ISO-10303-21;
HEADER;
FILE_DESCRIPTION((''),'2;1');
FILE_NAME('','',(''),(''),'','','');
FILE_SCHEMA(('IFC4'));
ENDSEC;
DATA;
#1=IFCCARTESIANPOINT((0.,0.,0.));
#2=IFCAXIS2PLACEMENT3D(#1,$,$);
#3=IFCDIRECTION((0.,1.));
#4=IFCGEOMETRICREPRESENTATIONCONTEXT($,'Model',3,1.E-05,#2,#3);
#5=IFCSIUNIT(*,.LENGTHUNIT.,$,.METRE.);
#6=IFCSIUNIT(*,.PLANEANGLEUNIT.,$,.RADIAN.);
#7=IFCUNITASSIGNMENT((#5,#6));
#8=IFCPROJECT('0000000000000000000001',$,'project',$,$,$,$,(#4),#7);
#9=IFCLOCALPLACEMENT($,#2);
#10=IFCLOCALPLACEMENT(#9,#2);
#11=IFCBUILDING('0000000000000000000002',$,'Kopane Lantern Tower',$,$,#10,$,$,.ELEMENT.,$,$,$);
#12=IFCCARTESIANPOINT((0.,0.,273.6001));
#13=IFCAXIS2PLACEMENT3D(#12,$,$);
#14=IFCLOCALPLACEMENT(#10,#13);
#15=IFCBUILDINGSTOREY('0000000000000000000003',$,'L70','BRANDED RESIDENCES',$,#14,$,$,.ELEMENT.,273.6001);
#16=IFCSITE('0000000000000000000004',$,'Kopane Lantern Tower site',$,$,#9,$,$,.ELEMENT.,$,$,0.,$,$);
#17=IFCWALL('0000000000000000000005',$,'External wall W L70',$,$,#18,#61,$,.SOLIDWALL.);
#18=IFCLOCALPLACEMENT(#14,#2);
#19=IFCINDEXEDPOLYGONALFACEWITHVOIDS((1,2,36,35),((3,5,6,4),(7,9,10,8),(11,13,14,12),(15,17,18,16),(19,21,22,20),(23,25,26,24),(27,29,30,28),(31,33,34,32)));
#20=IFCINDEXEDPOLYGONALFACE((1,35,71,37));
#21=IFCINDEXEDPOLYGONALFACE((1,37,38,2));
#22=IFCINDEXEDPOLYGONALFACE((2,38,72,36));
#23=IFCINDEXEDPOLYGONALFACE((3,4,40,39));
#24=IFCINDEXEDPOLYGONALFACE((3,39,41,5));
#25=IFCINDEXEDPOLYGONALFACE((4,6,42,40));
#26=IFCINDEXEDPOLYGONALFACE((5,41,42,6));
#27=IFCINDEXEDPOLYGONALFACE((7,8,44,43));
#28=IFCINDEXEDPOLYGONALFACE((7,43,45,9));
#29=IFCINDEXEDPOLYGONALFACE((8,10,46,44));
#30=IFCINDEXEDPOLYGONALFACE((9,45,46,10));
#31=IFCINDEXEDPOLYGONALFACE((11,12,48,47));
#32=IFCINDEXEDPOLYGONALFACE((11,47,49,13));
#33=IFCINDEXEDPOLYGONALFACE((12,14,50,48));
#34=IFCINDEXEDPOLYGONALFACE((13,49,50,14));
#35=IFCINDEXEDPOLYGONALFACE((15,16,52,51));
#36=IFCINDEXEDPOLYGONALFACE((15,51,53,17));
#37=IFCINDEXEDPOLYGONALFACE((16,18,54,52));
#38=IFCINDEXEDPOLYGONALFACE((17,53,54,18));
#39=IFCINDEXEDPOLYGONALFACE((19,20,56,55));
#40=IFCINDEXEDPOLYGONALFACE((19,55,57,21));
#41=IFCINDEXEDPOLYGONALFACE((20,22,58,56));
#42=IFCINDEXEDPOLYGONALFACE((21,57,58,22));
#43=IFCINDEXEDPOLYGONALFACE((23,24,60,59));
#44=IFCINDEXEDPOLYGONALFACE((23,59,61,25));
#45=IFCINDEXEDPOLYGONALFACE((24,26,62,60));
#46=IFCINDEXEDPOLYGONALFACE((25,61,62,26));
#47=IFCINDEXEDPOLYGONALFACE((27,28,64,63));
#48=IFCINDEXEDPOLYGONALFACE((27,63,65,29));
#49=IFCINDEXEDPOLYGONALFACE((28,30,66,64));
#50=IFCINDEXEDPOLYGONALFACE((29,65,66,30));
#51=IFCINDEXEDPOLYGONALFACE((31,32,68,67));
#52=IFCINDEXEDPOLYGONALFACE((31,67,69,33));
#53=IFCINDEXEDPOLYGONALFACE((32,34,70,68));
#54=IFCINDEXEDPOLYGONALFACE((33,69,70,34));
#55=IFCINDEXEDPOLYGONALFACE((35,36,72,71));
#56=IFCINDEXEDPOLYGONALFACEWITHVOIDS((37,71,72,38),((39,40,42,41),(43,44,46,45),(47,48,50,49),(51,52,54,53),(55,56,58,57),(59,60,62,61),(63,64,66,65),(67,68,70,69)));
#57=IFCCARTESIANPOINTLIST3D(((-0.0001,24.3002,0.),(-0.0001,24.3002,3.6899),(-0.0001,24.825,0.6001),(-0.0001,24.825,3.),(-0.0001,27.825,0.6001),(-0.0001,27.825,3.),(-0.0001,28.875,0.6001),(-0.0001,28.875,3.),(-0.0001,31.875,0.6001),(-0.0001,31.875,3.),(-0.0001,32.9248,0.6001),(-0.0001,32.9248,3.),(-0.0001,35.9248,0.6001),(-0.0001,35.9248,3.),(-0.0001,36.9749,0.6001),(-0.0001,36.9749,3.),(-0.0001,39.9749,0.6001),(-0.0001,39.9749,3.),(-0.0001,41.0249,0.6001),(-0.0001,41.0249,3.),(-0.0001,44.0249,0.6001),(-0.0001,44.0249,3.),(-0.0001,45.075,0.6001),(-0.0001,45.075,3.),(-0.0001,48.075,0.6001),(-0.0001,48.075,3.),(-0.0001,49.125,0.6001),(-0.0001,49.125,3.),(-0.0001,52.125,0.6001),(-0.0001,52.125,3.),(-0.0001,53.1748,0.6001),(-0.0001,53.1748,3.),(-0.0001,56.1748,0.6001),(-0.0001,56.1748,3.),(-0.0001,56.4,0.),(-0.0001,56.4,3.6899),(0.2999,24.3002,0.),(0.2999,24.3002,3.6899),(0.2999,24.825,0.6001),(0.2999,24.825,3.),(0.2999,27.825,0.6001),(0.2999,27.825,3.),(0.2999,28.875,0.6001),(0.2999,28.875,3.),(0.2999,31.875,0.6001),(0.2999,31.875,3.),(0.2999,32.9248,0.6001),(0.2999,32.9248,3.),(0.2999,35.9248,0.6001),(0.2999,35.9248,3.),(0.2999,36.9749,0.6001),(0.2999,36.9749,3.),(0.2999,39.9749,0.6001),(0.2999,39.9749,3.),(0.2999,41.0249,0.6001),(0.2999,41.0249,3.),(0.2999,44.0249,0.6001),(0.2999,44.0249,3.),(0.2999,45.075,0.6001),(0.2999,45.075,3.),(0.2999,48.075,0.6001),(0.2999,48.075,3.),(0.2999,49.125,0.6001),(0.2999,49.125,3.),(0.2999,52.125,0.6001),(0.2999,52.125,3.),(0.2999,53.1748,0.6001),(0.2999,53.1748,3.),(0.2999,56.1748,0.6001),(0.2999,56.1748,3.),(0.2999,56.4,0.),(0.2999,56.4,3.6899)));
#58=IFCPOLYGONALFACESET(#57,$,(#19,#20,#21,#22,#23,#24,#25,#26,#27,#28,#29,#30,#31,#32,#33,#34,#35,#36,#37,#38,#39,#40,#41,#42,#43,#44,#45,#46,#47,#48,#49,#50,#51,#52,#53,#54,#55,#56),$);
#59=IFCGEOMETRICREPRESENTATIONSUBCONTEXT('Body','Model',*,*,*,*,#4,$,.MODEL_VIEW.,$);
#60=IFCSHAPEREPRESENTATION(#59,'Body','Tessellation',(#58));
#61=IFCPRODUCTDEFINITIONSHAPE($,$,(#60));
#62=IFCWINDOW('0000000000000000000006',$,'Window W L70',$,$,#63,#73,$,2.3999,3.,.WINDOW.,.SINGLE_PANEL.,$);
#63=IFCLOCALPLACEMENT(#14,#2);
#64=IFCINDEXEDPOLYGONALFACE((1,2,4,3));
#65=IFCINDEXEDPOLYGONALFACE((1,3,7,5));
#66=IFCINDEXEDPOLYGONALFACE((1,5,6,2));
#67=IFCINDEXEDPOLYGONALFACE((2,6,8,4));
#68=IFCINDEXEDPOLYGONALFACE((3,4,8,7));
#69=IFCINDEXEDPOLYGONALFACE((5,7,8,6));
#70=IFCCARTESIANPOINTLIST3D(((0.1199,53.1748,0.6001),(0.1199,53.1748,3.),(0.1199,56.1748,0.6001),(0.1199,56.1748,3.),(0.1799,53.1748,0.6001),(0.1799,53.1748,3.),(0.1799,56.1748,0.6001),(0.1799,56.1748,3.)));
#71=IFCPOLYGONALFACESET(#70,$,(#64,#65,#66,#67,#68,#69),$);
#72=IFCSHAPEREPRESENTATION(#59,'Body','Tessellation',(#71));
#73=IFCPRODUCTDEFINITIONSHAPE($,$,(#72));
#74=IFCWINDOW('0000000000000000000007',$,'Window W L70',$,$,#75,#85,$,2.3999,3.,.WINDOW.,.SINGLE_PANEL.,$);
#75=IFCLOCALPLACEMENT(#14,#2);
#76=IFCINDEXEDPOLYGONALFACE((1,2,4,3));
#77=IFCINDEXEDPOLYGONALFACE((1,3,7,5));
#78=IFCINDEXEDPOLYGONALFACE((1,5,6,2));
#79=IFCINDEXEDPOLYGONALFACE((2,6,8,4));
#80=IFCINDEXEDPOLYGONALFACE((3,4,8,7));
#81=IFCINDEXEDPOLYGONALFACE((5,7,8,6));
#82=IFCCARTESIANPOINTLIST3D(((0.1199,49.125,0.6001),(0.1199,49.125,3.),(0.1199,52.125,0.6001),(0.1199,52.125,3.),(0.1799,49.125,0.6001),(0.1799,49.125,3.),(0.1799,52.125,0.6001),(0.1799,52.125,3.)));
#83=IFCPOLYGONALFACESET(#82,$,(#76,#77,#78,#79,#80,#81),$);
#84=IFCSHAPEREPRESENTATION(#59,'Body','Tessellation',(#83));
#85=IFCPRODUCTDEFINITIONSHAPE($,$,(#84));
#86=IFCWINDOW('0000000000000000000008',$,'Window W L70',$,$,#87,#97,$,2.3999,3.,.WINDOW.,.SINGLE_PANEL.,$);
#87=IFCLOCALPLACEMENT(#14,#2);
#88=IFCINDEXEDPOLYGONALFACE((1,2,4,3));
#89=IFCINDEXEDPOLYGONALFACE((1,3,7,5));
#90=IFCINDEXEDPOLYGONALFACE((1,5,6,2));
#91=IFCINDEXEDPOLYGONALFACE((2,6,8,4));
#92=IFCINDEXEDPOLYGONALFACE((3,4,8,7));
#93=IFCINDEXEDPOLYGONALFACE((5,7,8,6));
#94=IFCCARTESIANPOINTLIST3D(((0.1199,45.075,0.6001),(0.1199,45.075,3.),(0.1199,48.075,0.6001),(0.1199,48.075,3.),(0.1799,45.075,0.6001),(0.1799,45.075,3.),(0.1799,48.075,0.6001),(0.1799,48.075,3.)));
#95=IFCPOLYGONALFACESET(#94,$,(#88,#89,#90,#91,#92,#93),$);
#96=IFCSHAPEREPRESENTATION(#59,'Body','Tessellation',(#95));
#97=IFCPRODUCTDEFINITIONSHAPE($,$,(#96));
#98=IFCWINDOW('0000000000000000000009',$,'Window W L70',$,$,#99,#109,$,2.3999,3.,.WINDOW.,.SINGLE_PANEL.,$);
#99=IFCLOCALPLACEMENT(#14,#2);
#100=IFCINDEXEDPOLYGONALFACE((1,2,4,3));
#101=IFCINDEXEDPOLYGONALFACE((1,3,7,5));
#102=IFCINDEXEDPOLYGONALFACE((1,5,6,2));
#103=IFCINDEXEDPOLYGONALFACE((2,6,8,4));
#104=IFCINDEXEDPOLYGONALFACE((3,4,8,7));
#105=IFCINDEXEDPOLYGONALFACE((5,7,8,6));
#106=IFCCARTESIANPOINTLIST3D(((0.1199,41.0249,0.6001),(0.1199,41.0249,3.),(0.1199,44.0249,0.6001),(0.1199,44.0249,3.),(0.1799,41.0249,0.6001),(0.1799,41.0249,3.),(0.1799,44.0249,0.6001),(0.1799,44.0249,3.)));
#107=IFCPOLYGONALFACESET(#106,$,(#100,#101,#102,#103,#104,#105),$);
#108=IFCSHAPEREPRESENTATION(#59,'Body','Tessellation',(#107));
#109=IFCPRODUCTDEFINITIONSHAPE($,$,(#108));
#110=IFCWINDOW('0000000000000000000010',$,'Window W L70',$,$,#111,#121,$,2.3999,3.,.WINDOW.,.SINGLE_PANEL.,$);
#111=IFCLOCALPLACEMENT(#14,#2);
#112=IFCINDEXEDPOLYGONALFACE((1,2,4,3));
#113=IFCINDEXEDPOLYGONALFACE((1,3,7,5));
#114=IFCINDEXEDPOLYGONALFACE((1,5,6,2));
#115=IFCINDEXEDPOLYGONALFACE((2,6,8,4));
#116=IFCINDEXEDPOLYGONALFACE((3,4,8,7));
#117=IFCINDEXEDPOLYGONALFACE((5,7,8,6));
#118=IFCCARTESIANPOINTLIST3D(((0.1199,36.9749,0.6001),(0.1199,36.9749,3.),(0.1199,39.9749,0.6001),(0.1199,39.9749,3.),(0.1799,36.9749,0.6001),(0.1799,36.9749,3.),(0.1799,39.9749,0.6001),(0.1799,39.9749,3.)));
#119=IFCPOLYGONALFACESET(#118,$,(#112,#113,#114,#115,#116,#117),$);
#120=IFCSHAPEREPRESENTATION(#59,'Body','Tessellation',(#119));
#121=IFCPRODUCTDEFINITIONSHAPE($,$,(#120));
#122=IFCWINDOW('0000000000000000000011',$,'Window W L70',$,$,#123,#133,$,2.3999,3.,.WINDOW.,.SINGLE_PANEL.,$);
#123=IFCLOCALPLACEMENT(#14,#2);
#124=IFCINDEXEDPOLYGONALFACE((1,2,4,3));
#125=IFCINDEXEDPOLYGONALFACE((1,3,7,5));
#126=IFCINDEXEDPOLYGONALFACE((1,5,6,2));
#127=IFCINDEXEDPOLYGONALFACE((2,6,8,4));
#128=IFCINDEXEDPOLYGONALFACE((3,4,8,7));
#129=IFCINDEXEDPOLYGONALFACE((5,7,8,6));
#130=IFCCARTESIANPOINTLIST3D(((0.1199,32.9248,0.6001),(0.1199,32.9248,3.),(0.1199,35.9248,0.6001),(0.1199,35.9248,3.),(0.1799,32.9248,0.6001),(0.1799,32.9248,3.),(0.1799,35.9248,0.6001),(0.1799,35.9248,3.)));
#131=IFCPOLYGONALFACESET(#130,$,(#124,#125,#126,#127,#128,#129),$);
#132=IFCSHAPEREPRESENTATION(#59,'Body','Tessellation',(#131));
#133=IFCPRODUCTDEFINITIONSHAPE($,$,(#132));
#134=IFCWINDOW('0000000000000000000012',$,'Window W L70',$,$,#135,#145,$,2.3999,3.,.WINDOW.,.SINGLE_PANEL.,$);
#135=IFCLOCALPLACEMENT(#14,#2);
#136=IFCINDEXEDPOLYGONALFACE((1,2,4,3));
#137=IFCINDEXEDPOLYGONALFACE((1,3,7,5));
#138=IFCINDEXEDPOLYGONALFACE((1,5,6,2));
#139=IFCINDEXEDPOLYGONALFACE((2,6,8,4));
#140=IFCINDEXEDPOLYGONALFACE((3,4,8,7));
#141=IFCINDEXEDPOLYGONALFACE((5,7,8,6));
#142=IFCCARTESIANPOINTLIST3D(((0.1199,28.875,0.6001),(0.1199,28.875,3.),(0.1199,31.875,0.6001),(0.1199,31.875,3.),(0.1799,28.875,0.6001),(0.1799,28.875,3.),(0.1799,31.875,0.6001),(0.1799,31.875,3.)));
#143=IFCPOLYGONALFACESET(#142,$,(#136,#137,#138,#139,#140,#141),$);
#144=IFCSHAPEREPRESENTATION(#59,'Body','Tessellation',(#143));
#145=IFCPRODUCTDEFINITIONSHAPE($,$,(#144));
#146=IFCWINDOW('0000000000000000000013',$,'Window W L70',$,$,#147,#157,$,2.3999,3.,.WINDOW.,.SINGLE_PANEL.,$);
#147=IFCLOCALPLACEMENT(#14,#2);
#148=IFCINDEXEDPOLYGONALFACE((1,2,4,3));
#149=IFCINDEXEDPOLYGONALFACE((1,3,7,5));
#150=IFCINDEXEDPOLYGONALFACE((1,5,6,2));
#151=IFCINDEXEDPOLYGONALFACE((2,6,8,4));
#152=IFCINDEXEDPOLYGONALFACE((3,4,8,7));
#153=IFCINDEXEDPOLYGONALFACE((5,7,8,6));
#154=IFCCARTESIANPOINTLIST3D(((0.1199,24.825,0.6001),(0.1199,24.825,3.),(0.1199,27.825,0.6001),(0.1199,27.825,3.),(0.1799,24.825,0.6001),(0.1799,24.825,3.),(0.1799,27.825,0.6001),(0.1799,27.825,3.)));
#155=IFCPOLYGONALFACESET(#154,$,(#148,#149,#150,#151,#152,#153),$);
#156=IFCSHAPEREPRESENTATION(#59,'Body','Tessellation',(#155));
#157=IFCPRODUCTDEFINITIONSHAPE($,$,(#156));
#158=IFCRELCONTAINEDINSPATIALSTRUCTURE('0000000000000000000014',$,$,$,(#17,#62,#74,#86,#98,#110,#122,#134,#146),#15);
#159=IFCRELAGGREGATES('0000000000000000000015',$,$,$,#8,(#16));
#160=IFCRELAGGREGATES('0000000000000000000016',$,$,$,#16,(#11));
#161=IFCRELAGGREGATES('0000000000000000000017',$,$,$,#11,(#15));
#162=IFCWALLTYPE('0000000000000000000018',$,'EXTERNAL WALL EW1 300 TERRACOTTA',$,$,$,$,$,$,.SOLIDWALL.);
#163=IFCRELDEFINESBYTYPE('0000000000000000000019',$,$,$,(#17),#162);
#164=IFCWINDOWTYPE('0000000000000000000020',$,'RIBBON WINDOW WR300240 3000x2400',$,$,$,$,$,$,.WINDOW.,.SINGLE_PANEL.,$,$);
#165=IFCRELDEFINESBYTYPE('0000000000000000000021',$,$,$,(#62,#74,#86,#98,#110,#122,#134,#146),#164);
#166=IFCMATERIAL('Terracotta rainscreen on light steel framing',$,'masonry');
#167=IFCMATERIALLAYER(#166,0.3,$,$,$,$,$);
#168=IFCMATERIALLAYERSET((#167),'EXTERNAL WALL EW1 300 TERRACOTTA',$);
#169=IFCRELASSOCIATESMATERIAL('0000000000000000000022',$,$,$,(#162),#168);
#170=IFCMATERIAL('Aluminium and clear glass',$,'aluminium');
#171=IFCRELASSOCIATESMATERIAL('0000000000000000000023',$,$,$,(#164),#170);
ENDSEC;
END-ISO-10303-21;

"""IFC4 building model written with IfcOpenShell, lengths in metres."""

from ifc_helpers import new_model, si_unit, direction, frame, frame_2d, origin, place, context, subcontext, project, spatial, rectangle, extrude, material, layer, layer_set, type_object, element, fill, save


model = new_model("IFC4")

# Units and contexts
model_context = context("Model", 3, precision=1e-05, world=origin(), true_north=direction((0.0, 1.0)))
body_context = subcontext(model_context, "Body", "Model", "MODEL_VIEW")
ifc_project = project(units=[si_unit("LENGTHUNIT", "METRE"), si_unit("PLANEANGLEUNIT", "RADIAN")], contexts=[model_context])

# Site, building, storey
site_placement = place(None, origin())
site = spatial("IfcSite", under=ifc_project, at=site_placement, Name="Kopane Lantern Tower site", CompositionType="ELEMENT", RefElevation=0.0)
building_placement = place(site_placement, origin())
building = spatial("IfcBuilding", under=site, at=building_placement, Name="Kopane Lantern Tower", CompositionType="ELEMENT")
storey_placement = place(building_placement, frame((0.0, 0.0, 273.6001)))
storey = spatial("IfcBuildingStorey", under=building, at=storey_placement, Name="L70", Description="BRANDED RESIDENCES", CompositionType="ELEMENT", Elevation=273.6001)

# Shared definitions
ifc_material_1 = material(Name="Terracotta rainscreen on light steel framing", Category="masonry")
ifc_layer = layer(ifc_material_1, 0.3)
ifc_layer_set = layer_set([ifc_layer], Name="EXTERNAL WALL EW1 300 TERRACOTTA")
wall_type = type_object("IfcWallType", Name="EXTERNAL WALL EW1 300 TERRACOTTA", PredefinedType="SOLIDWALL", material=ifc_layer_set)

# Wall, openings, windows
wall_1_placement = place(storey_placement, frame((0.1499, 56.3999, 0.0), z_axis=(0.0, 0.0, 1.0), x_axis=(0.0, -1.0, 0.0)))
wall_1 = element("IfcWall", 1, at=wall_1_placement, inside=storey, type_object=wall_type, Name="External wall W L70", PredefinedType="SOLIDWALL", context=body_context, shape_type="SweptSolid", body=[
    extrude(rectangle(XDim=32.0999, YDim=0.3, at=frame_2d((16.0498, 0.0))), origin(), (0.0, 0.0, 1.0), 3.6899),
])
opening_1_placement = place(wall_1_placement, frame((0.2251, 0.0, 0.6001)))
opening_1 = element("IfcOpeningElement", 2, at=opening_1_placement, cuts=wall_1, PredefinedType="OPENING", context=body_context, shape_type="SweptSolid", body=[
    extrude(rectangle(XDim=3.0, YDim=2.3999, at=frame_2d((1.5, 1.2))), frame((0.0, 0.1599, 0.0), z_axis=(0.0, -1.0, 0.0), x_axis=(1.0, 0.0, 0.0)), (0.0, 0.0, 1.0), 0.3201),
])
opening_2_placement = place(wall_1_placement, frame((4.2749, 0.0, 0.6001)))
opening_2 = element("IfcOpeningElement", 3, at=opening_2_placement, cuts=wall_1, PredefinedType="OPENING", context=body_context, shape_type="SweptSolid", body=[
    extrude(rectangle(XDim=3.0, YDim=2.3999, at=frame_2d((1.5, 1.2))), frame((0.0, 0.1599, 0.0), z_axis=(0.0, -1.0, 0.0), x_axis=(1.0, 0.0, 0.0)), (0.0, 0.0, 1.0), 0.3201),
])
opening_3_placement = place(wall_1_placement, frame((8.325, 0.0, 0.6001)))
opening_3 = element("IfcOpeningElement", 4, at=opening_3_placement, cuts=wall_1, PredefinedType="OPENING", context=body_context, shape_type="SweptSolid", body=[
    extrude(rectangle(XDim=3.0, YDim=2.3999, at=frame_2d((1.5, 1.2))), frame((0.0, 0.1599, 0.0), z_axis=(0.0, -1.0, 0.0), x_axis=(1.0, 0.0, 0.0)), (0.0, 0.0, 1.0), 0.3201),
])
opening_4_placement = place(wall_1_placement, frame((12.375, 0.0, 0.6001)))
opening_4 = element("IfcOpeningElement", 5, at=opening_4_placement, cuts=wall_1, PredefinedType="OPENING", context=body_context, shape_type="SweptSolid", body=[
    extrude(rectangle(XDim=3.0, YDim=2.3999, at=frame_2d((1.5, 1.2))), frame((0.0, 0.1599, 0.0), z_axis=(0.0, -1.0, 0.0), x_axis=(1.0, 0.0, 0.0)), (0.0, 0.0, 1.0), 0.3201),
])
opening_5_placement = place(wall_1_placement, frame((16.425, 0.0, 0.6001)))
opening_5 = element("IfcOpeningElement", 6, at=opening_5_placement, cuts=wall_1, PredefinedType="OPENING", context=body_context, shape_type="SweptSolid", body=[
    extrude(rectangle(XDim=3.0, YDim=2.3999, at=frame_2d((1.5, 1.2))), frame((0.0, 0.1599, 0.0), z_axis=(0.0, -1.0, 0.0), x_axis=(1.0, 0.0, 0.0)), (0.0, 0.0, 1.0), 0.3201),
])
opening_6_placement = place(wall_1_placement, frame((20.4751, 0.0, 0.6001)))
opening_6 = element("IfcOpeningElement", 7, at=opening_6_placement, cuts=wall_1, PredefinedType="OPENING", context=body_context, shape_type="SweptSolid", body=[
    extrude(rectangle(XDim=3.0, YDim=2.3999, at=frame_2d((1.5, 1.2))), frame((0.0, 0.1599, 0.0), z_axis=(0.0, -1.0, 0.0), x_axis=(1.0, 0.0, 0.0)), (0.0, 0.0, 1.0), 0.3201),
])
opening_7_placement = place(wall_1_placement, frame((24.5249, 0.0, 0.6001)))
opening_7 = element("IfcOpeningElement", 8, at=opening_7_placement, cuts=wall_1, PredefinedType="OPENING", context=body_context, shape_type="SweptSolid", body=[
    extrude(rectangle(XDim=3.0, YDim=2.3999, at=frame_2d((1.5, 1.2))), frame((0.0, 0.1599, 0.0), z_axis=(0.0, -1.0, 0.0), x_axis=(1.0, 0.0, 0.0)), (0.0, 0.0, 1.0), 0.3201),
])
opening_8_placement = place(wall_1_placement, frame((28.575, 0.0, 0.6001)))
opening_8 = element("IfcOpeningElement", 9, at=opening_8_placement, cuts=wall_1, PredefinedType="OPENING", context=body_context, shape_type="SweptSolid", body=[
    extrude(rectangle(XDim=3.0, YDim=2.3999, at=frame_2d((1.5, 1.2))), frame((0.0, 0.1599, 0.0), z_axis=(0.0, -1.0, 0.0), x_axis=(1.0, 0.0, 0.0)), (0.0, 0.0, 1.0), 0.3201),
])
ifc_material_2 = material(Name="Aluminium and clear glass", Category="aluminium")
window_type_1 = type_object("IfcWindowType", Name="RIBBON WINDOW WR300240 3000x2400", PartitioningType="SINGLE_PANEL", PredefinedType="WINDOW", material=ifc_material_2)
window_1_placement = place(opening_1_placement, origin())
window_1 = element("IfcWindow", 10, at=window_1_placement, inside=storey, type_object=window_type_1, Name="Window W L70", OverallHeight=2.3999, OverallWidth=3.0, PartitioningType="SINGLE_PANEL", PredefinedType="WINDOW", context=body_context, shape_type="SweptSolid", body=[
    extrude(rectangle(XDim=3.0, YDim=2.3999, at=frame_2d((1.5, 1.2))), frame((0.0, 0.03, 0.0), z_axis=(0.0, -1.0, 0.0), x_axis=(1.0, 0.0, 0.0)), (0.0, 0.0, 1.0), 0.0601),
])
fill(opening_1, window_1)
window_2_placement = place(opening_2_placement, origin())
window_2 = element("IfcWindow", 11, at=window_2_placement, inside=storey, type_object=window_type_1, Name="Window W L70", OverallHeight=2.3999, OverallWidth=3.0, PartitioningType="SINGLE_PANEL", PredefinedType="WINDOW", context=body_context, shape_type="SweptSolid", body=[
    extrude(rectangle(XDim=3.0, YDim=2.3999, at=frame_2d((1.5, 1.2))), frame((0.0, 0.03, 0.0), z_axis=(0.0, -1.0, 0.0), x_axis=(1.0, 0.0, 0.0)), (0.0, 0.0, 1.0), 0.0601),
])
fill(opening_2, window_2)
window_3_placement = place(opening_3_placement, origin())
window_3 = element("IfcWindow", 12, at=window_3_placement, inside=storey, type_object=window_type_1, Name="Window W L70", OverallHeight=2.3999, OverallWidth=3.0, PartitioningType="SINGLE_PANEL", PredefinedType="WINDOW", context=body_context, shape_type="SweptSolid", body=[
    extrude(rectangle(XDim=3.0, YDim=2.3999, at=frame_2d((1.5, 1.2))), frame((0.0, 0.03, 0.0), z_axis=(0.0, -1.0, 0.0), x_axis=(1.0, 0.0, 0.0)), (0.0, 0.0, 1.0), 0.0601),
])
fill(opening_3, window_3)
window_4_placement = place(opening_4_placement, origin())
window_4 = element("IfcWindow", 13, at=window_4_placement, inside=storey, type_object=window_type_1, Name="Window W L70", OverallHeight=2.3999, OverallWidth=3.0, PartitioningType="SINGLE_PANEL", PredefinedType="WINDOW", context=body_context, shape_type="SweptSolid", body=[
    extrude(rectangle(XDim=3.0, YDim=2.3999, at=frame_2d((1.5, 1.2))), frame((0.0, 0.03, 0.0), z_axis=(0.0, -1.0, 0.0), x_axis=(1.0, 0.0, 0.0)), (0.0, 0.0, 1.0), 0.0601),
])
fill(opening_4, window_4)
window_5_placement = place(opening_5_placement, origin())
window_5 = element("IfcWindow", 14, at=window_5_placement, inside=storey, type_object=window_type_1, Name="Window W L70", OverallHeight=2.3999, OverallWidth=3.0, PartitioningType="SINGLE_PANEL", PredefinedType="WINDOW", context=body_context, shape_type="SweptSolid", body=[
    extrude(rectangle(XDim=3.0, YDim=2.3999, at=frame_2d((1.5, 1.2))), frame((0.0, 0.03, 0.0), z_axis=(0.0, -1.0, 0.0), x_axis=(1.0, 0.0, 0.0)), (0.0, 0.0, 1.0), 0.0601),
])
fill(opening_5, window_5)
window_6_placement = place(opening_6_placement, origin())
window_6 = element("IfcWindow", 15, at=window_6_placement, inside=storey, type_object=window_type_1, Name="Window W L70", OverallHeight=2.3999, OverallWidth=3.0, PartitioningType="SINGLE_PANEL", PredefinedType="WINDOW", context=body_context, shape_type="SweptSolid", body=[
    extrude(rectangle(XDim=3.0, YDim=2.3999, at=frame_2d((1.5, 1.2))), frame((0.0, 0.03, 0.0), z_axis=(0.0, -1.0, 0.0), x_axis=(1.0, 0.0, 0.0)), (0.0, 0.0, 1.0), 0.0601),
])
fill(opening_6, window_6)
window_7_placement = place(opening_7_placement, origin())
window_7 = element("IfcWindow", 16, at=window_7_placement, inside=storey, type_object=window_type_1, Name="Window W L70", OverallHeight=2.3999, OverallWidth=3.0, PartitioningType="SINGLE_PANEL", PredefinedType="WINDOW", context=body_context, shape_type="SweptSolid", body=[
    extrude(rectangle(XDim=3.0, YDim=2.3999, at=frame_2d((1.5, 1.2))), frame((0.0, 0.03, 0.0), z_axis=(0.0, -1.0, 0.0), x_axis=(1.0, 0.0, 0.0)), (0.0, 0.0, 1.0), 0.0601),
])
fill(opening_7, window_7)
window_8_placement = place(opening_8_placement, origin())
window_8 = element("IfcWindow", 17, at=window_8_placement, inside=storey, type_object=window_type_1, Name="Window W L70", OverallHeight=2.3999, OverallWidth=3.0, PartitioningType="SINGLE_PANEL", PredefinedType="WINDOW", context=body_context, shape_type="SweptSolid", body=[
    extrude(rectangle(XDim=3.0, YDim=2.3999, at=frame_2d((1.5, 1.2))), frame((0.0, 0.03, 0.0), z_axis=(0.0, -1.0, 0.0), x_axis=(1.0, 0.0, 0.0)), (0.0, 0.0, 1.0), 0.0601),
])
fill(opening_8, window_8)

save(model, "model.ifc")
